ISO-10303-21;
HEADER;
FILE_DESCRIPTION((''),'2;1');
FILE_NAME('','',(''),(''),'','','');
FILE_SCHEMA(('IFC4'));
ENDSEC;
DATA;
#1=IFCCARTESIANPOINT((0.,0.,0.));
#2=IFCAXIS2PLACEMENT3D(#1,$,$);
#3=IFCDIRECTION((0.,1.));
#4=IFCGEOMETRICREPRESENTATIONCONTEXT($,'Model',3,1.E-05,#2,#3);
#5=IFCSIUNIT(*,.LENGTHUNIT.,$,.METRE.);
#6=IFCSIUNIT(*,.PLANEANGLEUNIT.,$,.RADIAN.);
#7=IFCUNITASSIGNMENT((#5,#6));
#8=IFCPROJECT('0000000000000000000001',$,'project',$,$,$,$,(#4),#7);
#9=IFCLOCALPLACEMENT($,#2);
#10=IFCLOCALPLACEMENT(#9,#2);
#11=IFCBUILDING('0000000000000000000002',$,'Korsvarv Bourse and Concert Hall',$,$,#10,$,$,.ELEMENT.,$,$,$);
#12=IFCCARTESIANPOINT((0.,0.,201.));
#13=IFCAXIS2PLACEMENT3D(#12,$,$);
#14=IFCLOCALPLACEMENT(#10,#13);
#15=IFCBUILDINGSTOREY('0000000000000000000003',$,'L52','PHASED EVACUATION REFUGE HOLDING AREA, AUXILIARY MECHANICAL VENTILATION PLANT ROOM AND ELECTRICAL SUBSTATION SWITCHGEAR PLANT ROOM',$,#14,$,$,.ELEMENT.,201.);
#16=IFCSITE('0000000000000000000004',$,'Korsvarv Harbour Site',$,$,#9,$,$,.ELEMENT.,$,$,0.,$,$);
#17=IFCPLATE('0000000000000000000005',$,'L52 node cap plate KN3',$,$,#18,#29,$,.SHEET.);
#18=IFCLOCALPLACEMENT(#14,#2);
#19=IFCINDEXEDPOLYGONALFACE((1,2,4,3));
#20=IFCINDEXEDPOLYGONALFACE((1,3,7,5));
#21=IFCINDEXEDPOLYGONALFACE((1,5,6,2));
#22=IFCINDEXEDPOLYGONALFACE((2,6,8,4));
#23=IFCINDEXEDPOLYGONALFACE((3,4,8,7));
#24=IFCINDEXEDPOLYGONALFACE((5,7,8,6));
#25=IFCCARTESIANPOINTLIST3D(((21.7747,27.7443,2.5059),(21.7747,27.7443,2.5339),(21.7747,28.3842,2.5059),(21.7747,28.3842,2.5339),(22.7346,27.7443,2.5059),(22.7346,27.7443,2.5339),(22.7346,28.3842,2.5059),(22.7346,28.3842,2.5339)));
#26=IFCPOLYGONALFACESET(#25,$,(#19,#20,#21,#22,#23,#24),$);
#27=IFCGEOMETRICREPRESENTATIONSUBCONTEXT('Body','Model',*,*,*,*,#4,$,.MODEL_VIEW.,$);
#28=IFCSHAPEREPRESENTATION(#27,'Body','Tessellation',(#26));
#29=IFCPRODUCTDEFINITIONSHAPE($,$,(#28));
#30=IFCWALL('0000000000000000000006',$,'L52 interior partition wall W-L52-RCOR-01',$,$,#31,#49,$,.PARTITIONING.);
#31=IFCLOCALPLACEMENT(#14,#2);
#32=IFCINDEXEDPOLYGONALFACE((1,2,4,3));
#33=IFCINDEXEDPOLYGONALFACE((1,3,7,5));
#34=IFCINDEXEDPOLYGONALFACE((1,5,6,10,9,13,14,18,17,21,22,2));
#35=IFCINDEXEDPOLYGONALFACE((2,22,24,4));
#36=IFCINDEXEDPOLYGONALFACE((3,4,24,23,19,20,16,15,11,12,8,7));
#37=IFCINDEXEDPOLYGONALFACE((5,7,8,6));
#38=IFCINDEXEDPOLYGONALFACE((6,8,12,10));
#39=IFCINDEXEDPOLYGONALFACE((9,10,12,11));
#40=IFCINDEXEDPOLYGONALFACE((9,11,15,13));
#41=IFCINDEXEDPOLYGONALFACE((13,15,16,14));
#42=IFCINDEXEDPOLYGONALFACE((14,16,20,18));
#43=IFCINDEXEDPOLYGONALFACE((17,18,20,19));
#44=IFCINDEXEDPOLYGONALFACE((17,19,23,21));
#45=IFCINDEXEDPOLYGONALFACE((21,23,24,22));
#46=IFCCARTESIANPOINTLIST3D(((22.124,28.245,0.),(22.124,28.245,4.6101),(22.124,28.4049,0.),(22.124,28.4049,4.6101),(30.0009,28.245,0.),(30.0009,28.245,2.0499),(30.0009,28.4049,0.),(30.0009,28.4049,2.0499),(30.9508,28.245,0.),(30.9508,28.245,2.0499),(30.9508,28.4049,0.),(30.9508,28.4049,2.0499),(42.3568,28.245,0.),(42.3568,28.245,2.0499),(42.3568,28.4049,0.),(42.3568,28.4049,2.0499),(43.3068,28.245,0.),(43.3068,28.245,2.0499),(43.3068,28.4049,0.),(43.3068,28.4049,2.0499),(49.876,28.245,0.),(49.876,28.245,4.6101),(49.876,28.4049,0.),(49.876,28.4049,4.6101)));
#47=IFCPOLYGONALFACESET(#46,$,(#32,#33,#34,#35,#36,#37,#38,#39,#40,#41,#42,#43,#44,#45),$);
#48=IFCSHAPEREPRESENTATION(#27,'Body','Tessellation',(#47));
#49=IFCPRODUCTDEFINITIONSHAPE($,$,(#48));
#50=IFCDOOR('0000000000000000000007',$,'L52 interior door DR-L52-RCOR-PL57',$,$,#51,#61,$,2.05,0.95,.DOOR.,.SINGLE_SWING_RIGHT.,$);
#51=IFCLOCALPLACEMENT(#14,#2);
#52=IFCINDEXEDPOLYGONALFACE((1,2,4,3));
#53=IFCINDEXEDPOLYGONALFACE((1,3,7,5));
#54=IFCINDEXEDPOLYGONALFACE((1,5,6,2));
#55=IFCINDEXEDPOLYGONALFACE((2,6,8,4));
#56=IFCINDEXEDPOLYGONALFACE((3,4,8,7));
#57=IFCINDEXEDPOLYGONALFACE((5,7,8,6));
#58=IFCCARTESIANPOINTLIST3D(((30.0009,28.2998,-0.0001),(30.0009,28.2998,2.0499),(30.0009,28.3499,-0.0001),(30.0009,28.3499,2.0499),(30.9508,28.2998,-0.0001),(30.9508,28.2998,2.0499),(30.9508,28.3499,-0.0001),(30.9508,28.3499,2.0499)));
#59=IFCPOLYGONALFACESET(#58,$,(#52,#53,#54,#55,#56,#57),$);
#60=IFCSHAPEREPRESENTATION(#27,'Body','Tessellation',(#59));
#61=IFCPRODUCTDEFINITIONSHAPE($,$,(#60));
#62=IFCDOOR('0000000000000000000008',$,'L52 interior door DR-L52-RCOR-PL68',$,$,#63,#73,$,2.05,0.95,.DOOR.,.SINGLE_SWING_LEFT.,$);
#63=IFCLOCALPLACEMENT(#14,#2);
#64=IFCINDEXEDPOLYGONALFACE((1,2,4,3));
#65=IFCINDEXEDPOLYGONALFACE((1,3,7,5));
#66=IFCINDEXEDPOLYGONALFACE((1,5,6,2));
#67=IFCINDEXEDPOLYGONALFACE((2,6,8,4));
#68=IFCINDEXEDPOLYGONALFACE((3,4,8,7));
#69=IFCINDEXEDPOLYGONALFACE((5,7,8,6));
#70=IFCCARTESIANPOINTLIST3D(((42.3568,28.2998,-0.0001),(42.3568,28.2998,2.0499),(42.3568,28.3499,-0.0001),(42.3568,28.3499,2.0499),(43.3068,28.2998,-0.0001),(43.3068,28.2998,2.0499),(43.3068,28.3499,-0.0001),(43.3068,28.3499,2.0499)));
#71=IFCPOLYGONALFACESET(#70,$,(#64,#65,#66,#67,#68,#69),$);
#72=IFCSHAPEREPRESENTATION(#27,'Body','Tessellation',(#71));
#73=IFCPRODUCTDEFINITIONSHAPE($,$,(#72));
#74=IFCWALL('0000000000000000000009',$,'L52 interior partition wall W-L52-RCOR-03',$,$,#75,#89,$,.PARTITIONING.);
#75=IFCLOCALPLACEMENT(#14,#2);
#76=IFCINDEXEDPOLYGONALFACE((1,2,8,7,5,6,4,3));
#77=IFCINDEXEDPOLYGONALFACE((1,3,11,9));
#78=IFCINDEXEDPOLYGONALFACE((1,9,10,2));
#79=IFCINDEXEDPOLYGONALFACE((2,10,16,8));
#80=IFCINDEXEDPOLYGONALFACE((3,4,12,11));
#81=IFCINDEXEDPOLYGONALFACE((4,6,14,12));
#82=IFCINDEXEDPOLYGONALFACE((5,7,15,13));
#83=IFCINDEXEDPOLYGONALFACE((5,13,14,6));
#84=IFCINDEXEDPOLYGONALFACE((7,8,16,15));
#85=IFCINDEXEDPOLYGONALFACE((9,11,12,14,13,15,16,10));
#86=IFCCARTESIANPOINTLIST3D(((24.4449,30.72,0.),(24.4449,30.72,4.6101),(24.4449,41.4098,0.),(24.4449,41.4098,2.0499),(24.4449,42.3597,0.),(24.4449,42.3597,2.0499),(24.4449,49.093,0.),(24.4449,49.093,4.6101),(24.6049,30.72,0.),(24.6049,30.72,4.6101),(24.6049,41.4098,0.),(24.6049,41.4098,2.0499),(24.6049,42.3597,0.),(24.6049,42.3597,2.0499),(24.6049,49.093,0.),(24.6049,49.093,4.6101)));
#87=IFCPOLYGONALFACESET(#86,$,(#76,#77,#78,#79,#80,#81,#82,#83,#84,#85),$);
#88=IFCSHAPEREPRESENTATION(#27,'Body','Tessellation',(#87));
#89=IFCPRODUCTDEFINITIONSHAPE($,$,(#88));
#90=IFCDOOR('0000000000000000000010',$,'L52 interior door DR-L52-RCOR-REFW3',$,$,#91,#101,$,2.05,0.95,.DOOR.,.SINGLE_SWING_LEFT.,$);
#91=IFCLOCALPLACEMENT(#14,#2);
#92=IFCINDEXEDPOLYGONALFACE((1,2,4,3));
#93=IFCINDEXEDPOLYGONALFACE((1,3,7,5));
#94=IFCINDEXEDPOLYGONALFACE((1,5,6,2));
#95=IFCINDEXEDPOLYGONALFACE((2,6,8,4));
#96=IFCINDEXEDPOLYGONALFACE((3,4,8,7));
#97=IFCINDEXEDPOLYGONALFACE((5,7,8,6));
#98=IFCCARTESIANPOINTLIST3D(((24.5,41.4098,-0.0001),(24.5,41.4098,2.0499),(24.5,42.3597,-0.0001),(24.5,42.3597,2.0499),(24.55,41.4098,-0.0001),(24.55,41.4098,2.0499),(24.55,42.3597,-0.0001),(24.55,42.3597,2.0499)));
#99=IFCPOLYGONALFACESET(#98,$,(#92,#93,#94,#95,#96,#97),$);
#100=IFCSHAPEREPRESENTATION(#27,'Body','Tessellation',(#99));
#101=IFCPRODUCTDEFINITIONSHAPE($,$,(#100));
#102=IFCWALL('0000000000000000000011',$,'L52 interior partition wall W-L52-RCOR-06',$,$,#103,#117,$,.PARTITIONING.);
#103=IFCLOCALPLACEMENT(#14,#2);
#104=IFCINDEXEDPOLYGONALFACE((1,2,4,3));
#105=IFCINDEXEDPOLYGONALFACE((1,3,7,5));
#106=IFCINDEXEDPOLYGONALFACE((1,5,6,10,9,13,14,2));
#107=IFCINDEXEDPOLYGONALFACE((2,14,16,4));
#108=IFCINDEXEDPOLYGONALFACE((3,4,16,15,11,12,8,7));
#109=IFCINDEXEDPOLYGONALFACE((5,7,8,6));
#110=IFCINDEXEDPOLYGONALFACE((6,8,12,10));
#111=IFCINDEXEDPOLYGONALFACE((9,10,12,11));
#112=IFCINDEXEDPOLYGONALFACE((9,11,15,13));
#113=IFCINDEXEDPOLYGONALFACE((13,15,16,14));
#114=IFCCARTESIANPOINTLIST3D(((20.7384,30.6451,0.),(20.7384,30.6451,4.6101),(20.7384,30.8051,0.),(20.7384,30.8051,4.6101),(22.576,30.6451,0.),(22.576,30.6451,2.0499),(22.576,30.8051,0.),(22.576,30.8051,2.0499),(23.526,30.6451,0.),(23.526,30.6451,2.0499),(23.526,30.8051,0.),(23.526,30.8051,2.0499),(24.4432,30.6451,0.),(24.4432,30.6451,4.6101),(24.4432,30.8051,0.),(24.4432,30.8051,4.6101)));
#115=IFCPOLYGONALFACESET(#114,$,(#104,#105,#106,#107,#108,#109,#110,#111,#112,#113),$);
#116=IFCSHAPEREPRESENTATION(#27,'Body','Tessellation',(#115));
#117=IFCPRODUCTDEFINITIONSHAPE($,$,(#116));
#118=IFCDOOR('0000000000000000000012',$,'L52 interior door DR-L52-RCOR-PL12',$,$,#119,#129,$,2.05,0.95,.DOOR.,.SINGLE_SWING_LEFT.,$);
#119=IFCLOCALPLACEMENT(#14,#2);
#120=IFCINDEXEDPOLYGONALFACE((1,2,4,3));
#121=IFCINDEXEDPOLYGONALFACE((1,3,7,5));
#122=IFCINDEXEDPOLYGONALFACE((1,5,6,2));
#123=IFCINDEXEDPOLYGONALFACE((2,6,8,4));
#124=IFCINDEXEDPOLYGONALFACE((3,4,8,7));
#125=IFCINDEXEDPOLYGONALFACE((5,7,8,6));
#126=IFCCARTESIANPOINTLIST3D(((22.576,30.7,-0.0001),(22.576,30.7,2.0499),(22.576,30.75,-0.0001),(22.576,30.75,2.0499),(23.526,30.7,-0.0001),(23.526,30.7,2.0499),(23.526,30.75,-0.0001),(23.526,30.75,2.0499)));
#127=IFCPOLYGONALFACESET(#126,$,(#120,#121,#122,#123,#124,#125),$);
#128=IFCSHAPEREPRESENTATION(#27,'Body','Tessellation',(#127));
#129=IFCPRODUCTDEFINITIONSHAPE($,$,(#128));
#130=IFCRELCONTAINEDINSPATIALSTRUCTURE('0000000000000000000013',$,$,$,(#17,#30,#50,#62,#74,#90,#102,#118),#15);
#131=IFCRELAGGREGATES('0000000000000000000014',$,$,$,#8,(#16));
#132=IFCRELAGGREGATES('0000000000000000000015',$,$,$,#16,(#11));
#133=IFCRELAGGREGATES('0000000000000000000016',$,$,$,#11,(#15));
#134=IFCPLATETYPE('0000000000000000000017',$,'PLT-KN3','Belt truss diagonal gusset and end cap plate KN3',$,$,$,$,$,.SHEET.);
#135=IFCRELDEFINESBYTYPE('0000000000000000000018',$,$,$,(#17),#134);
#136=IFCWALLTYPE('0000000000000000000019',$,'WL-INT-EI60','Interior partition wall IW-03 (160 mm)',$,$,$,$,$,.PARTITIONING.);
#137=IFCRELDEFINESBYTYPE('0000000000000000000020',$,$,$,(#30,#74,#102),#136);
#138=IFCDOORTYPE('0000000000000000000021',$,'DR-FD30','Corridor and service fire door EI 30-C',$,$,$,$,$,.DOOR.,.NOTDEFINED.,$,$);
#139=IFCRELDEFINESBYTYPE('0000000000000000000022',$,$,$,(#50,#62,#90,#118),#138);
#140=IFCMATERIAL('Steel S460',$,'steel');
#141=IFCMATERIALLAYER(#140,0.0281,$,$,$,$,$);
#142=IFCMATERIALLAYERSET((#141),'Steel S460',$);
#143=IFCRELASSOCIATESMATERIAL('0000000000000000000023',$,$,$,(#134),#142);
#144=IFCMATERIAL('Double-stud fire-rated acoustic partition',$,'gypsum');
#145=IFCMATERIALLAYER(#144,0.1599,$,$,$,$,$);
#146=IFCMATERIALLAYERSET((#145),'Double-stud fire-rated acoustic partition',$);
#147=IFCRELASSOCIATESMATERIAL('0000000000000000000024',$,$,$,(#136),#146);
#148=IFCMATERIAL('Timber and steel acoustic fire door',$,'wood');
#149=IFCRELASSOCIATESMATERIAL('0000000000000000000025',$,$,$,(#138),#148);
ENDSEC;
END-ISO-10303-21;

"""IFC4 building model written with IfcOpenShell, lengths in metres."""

from ifc_helpers import new_model, si_unit, direction, frame, frame_2d, origin, origin_2d, place, context, subcontext, project, spatial, rectangle, extrude, source, transform, mapped, material, layer, layer_set, type_object, element, fill, save


model = new_model("IFC4")

# Units and contexts
model_context = context("Model", 3, precision=1e-05, world=origin(), true_north=direction((0.0, 1.0)))
body_context = subcontext(model_context, "Body", "Model", "MODEL_VIEW")
ifc_project = project(units=[si_unit("LENGTHUNIT", "METRE"), si_unit("PLANEANGLEUNIT", "RADIAN")], contexts=[model_context])

# Site, building, storey
site_placement = place(None, origin())
site = spatial("IfcSite", under=ifc_project, at=site_placement, Name="Korsvarv Harbour Site", CompositionType="ELEMENT", RefElevation=0.0)
building_placement = place(site_placement, origin())
building = spatial("IfcBuilding", under=site, at=building_placement, Name="Korsvarv Bourse and Concert Hall", CompositionType="ELEMENT")
storey_placement = place(building_placement, frame((0.0, 0.0, 201.0)))
storey = spatial("IfcBuildingStorey", under=building, at=storey_placement, Name="L52", Description="PHASED EVACUATION REFUGE HOLDING AREA, AUXILIARY MECHANICAL VENTILATION PLANT ROOM AND ELECTRICAL SUBSTATION SWITCHGEAR PLANT ROOM", CompositionType="ELEMENT", Elevation=201.0)

# Shared definitions
ifc_material_1 = material(Name="Steel S460", Category="steel")

# Plate
ifc_layer_1 = layer(ifc_material_1, 0.0281)
ifc_layer_set_1 = layer_set([ifc_layer_1], Name="Steel S460")
plate_type_1 = type_object("IfcPlateType", Name="PLT-KN3", Description="Belt truss diagonal gusset and end cap plate KN3", PredefinedType="SHEET", material=ifc_layer_set_1)
shared_shape_1 = source(origin(), body_context, "Body", "SweptSolid", [
    extrude(rectangle(XDim=0.96, YDim=0.6399, at=origin_2d()), origin(), (0.0, 0.0, 1.0), 0.0281),
])
for number, where, z_axis, x_axis, name in (
    (1, (22.2546, 28.0642, 2.5059), (0.0, 0.0, 1.0), (1.0, 0.0, 0.0), "L52 node cap plate KN3"),
):
    element("IfcPlate", number, at=place(storey_placement, frame(where, z_axis=z_axis, x_axis=x_axis)), inside=storey, type_object=plate_type_1, Name=name, PredefinedType="SHEET", context=body_context, shape_type="MappedRepresentation", body=[
        mapped(shared_shape_1, transform((0.0, 0.0, 0.0), scale=1.0)),
    ])

# Wall, openings, doors
ifc_material_2 = material(Name="Double-stud fire-rated acoustic partition", Category="gypsum")
ifc_layer_2 = layer(ifc_material_2, 0.1599)
ifc_layer_set_2 = layer_set([ifc_layer_2], Name="Double-stud fire-rated acoustic partition")
wall_type = type_object("IfcWallType", Name="WL-INT-EI60", Description="Interior partition wall IW-03 (160 mm)", PredefinedType="PARTITIONING", material=ifc_layer_set_2)
wall_1_placement = place(storey_placement, frame((22.124, 28.325, 0.0), z_axis=(0.0, 0.0, 1.0), x_axis=(1.0, 0.0, 0.0)))
wall_1 = element("IfcWall", 2, at=wall_1_placement, inside=storey, type_object=wall_type, Name="L52 interior partition wall W-L52-RCOR-01", PredefinedType="PARTITIONING", context=body_context, shape_type="SweptSolid", body=[
    extrude(rectangle(XDim=27.752, YDim=0.1599, at=frame_2d((13.876, 0.0))), origin(), (0.0, 0.0, 1.0), 4.6101),
])
opening_1_placement = place(wall_1_placement, frame((7.8767, 0.0, 0.0)))
opening_1 = element("IfcOpeningElement", 3, at=opening_1_placement, cuts=wall_1, PredefinedType="OPENING", context=body_context, shape_type="SweptSolid", body=[
    extrude(rectangle(XDim=0.95, YDim=2.05, at=frame_2d((0.4751, 1.0249))), frame((0.0, 0.0898, 0.0), z_axis=(0.0, -1.0, 0.0), x_axis=(1.0, 0.0, 0.0)), (0.0, 0.0, 1.0), 0.1799),
])
opening_2_placement = place(wall_1_placement, frame((20.2327, 0.0, 0.0)))
opening_2 = element("IfcOpeningElement", 4, at=opening_2_placement, cuts=wall_1, PredefinedType="OPENING", context=body_context, shape_type="SweptSolid", body=[
    extrude(rectangle(XDim=0.95, YDim=2.05, at=frame_2d((0.4751, 1.0249))), frame((0.0, 0.0898, 0.0), z_axis=(0.0, -1.0, 0.0), x_axis=(1.0, 0.0, 0.0)), (0.0, 0.0, 1.0), 0.1799),
])
ifc_material_3 = material(Name="Timber and steel acoustic fire door", Category="wood")
door_type = type_object("IfcDoorType", Name="DR-FD30", Description="Corridor and service fire door EI 30-C", OperationType="NOTDEFINED", PredefinedType="DOOR", material=ifc_material_3)
door_1_placement = place(opening_1_placement, origin())
door_1 = element("IfcDoor", 5, at=door_1_placement, inside=storey, type_object=door_type, Name="L52 interior door DR-L52-RCOR-PL57", OperationType="SINGLE_SWING_RIGHT", OverallHeight=2.05, OverallWidth=0.95, PredefinedType="DOOR", context=body_context, shape_type="SweptSolid", body=[
    extrude(rectangle(XDim=0.95, YDim=2.05, at=frame_2d((0.4751, 1.0249))), frame((0.0, 0.0249, 0.0), z_axis=(0.0, -1.0, 0.0), x_axis=(1.0, 0.0, 0.0)), (0.0, 0.0, 1.0), 0.05),
])
fill(opening_1, door_1)
door_2_placement = place(opening_2_placement, origin())
door_2 = element("IfcDoor", 6, at=door_2_placement, inside=storey, type_object=door_type, Name="L52 interior door DR-L52-RCOR-PL68", OperationType="SINGLE_SWING_LEFT", OverallHeight=2.05, OverallWidth=0.95, PredefinedType="DOOR", context=body_context, shape_type="SweptSolid", body=[
    extrude(rectangle(XDim=0.95, YDim=2.05, at=frame_2d((0.4751, 1.0249))), frame((0.0, 0.0249, 0.0), z_axis=(0.0, -1.0, 0.0), x_axis=(1.0, 0.0, 0.0)), (0.0, 0.0, 1.0), 0.05),
])
fill(opening_2, door_2)

# Walls, openings, doors
wall_2_placement = place(storey_placement, frame((24.5249, 30.72, 0.0), z_axis=(0.0, 0.0, 1.0), x_axis=(0.0, 1.0, 0.0)))
wall_2 = element("IfcWall", 7, at=wall_2_placement, inside=storey, type_object=wall_type, Name="L52 interior partition wall W-L52-RCOR-03", PredefinedType="PARTITIONING", context=body_context, shape_type="SweptSolid", body=[
    extrude(rectangle(XDim=18.373, YDim=0.1599, at=frame_2d((9.1865, 0.0))), origin(), (0.0, 0.0, 1.0), 4.6101),
])
opening_3_placement = place(wall_2_placement, frame((10.6897, 0.0, 0.0)))
opening_3 = element("IfcOpeningElement", 8, at=opening_3_placement, cuts=wall_2, PredefinedType="OPENING", context=body_context, shape_type="SweptSolid", body=[
    extrude(rectangle(XDim=0.95, YDim=2.05, at=frame_2d((0.4751, 1.0249))), frame((0.0, 0.0898, 0.0), z_axis=(0.0, -1.0, 0.0), x_axis=(1.0, 0.0, 0.0)), (0.0, 0.0, 1.0), 0.1799),
])
door_3_placement = place(opening_3_placement, origin())
door_3 = element("IfcDoor", 9, at=door_3_placement, inside=storey, type_object=door_type, Name="L52 interior door DR-L52-RCOR-REFW3", OperationType="SINGLE_SWING_LEFT", OverallHeight=2.05, OverallWidth=0.95, PredefinedType="DOOR", context=body_context, shape_type="SweptSolid", body=[
    extrude(rectangle(XDim=0.95, YDim=2.05, at=frame_2d((0.4751, 1.0249))), frame((0.0, 0.0249, 0.0), z_axis=(0.0, -1.0, 0.0), x_axis=(1.0, 0.0, 0.0)), (0.0, 0.0, 1.0), 0.05),
])
fill(opening_3, door_3)
wall_3_placement = place(storey_placement, frame((20.7383, 30.7251, 0.0), z_axis=(0.0, 0.0, 1.0), x_axis=(1.0, 0.0, 0.0)))
wall_3 = element("IfcWall", 10, at=wall_3_placement, inside=storey, type_object=wall_type, Name="L52 interior partition wall W-L52-RCOR-06", PredefinedType="PARTITIONING", context=body_context, shape_type="SweptSolid", body=[
    extrude(rectangle(XDim=3.7048, YDim=0.1599, at=frame_2d((1.8525, 0.0))), origin(), (0.0, 0.0, 1.0), 4.6101),
])
opening_4_placement = place(wall_3_placement, frame((1.8376, 0.0, 0.0)))
opening_4 = element("IfcOpeningElement", 11, at=opening_4_placement, cuts=wall_3, PredefinedType="OPENING", context=body_context, shape_type="SweptSolid", body=[
    extrude(rectangle(XDim=0.95, YDim=2.05, at=frame_2d((0.4751, 1.0249))), frame((0.0, 0.0898, 0.0), z_axis=(0.0, -1.0, 0.0), x_axis=(1.0, 0.0, 0.0)), (0.0, 0.0, 1.0), 0.1799),
])
door_4_placement = place(opening_4_placement, origin())
door_4 = element("IfcDoor", 12, at=door_4_placement, inside=storey, type_object=door_type, Name="L52 interior door DR-L52-RCOR-PL12", OperationType="SINGLE_SWING_LEFT", OverallHeight=2.05, OverallWidth=0.95, PredefinedType="DOOR", context=body_context, shape_type="SweptSolid", body=[
    extrude(rectangle(XDim=0.95, YDim=2.05, at=frame_2d((0.4751, 1.0249))), frame((0.0, 0.0249, 0.0), z_axis=(0.0, -1.0, 0.0), x_axis=(1.0, 0.0, 0.0)), (0.0, 0.0, 1.0), 0.05),
])
fill(opening_4, door_4)

save(model, "model.ifc")
